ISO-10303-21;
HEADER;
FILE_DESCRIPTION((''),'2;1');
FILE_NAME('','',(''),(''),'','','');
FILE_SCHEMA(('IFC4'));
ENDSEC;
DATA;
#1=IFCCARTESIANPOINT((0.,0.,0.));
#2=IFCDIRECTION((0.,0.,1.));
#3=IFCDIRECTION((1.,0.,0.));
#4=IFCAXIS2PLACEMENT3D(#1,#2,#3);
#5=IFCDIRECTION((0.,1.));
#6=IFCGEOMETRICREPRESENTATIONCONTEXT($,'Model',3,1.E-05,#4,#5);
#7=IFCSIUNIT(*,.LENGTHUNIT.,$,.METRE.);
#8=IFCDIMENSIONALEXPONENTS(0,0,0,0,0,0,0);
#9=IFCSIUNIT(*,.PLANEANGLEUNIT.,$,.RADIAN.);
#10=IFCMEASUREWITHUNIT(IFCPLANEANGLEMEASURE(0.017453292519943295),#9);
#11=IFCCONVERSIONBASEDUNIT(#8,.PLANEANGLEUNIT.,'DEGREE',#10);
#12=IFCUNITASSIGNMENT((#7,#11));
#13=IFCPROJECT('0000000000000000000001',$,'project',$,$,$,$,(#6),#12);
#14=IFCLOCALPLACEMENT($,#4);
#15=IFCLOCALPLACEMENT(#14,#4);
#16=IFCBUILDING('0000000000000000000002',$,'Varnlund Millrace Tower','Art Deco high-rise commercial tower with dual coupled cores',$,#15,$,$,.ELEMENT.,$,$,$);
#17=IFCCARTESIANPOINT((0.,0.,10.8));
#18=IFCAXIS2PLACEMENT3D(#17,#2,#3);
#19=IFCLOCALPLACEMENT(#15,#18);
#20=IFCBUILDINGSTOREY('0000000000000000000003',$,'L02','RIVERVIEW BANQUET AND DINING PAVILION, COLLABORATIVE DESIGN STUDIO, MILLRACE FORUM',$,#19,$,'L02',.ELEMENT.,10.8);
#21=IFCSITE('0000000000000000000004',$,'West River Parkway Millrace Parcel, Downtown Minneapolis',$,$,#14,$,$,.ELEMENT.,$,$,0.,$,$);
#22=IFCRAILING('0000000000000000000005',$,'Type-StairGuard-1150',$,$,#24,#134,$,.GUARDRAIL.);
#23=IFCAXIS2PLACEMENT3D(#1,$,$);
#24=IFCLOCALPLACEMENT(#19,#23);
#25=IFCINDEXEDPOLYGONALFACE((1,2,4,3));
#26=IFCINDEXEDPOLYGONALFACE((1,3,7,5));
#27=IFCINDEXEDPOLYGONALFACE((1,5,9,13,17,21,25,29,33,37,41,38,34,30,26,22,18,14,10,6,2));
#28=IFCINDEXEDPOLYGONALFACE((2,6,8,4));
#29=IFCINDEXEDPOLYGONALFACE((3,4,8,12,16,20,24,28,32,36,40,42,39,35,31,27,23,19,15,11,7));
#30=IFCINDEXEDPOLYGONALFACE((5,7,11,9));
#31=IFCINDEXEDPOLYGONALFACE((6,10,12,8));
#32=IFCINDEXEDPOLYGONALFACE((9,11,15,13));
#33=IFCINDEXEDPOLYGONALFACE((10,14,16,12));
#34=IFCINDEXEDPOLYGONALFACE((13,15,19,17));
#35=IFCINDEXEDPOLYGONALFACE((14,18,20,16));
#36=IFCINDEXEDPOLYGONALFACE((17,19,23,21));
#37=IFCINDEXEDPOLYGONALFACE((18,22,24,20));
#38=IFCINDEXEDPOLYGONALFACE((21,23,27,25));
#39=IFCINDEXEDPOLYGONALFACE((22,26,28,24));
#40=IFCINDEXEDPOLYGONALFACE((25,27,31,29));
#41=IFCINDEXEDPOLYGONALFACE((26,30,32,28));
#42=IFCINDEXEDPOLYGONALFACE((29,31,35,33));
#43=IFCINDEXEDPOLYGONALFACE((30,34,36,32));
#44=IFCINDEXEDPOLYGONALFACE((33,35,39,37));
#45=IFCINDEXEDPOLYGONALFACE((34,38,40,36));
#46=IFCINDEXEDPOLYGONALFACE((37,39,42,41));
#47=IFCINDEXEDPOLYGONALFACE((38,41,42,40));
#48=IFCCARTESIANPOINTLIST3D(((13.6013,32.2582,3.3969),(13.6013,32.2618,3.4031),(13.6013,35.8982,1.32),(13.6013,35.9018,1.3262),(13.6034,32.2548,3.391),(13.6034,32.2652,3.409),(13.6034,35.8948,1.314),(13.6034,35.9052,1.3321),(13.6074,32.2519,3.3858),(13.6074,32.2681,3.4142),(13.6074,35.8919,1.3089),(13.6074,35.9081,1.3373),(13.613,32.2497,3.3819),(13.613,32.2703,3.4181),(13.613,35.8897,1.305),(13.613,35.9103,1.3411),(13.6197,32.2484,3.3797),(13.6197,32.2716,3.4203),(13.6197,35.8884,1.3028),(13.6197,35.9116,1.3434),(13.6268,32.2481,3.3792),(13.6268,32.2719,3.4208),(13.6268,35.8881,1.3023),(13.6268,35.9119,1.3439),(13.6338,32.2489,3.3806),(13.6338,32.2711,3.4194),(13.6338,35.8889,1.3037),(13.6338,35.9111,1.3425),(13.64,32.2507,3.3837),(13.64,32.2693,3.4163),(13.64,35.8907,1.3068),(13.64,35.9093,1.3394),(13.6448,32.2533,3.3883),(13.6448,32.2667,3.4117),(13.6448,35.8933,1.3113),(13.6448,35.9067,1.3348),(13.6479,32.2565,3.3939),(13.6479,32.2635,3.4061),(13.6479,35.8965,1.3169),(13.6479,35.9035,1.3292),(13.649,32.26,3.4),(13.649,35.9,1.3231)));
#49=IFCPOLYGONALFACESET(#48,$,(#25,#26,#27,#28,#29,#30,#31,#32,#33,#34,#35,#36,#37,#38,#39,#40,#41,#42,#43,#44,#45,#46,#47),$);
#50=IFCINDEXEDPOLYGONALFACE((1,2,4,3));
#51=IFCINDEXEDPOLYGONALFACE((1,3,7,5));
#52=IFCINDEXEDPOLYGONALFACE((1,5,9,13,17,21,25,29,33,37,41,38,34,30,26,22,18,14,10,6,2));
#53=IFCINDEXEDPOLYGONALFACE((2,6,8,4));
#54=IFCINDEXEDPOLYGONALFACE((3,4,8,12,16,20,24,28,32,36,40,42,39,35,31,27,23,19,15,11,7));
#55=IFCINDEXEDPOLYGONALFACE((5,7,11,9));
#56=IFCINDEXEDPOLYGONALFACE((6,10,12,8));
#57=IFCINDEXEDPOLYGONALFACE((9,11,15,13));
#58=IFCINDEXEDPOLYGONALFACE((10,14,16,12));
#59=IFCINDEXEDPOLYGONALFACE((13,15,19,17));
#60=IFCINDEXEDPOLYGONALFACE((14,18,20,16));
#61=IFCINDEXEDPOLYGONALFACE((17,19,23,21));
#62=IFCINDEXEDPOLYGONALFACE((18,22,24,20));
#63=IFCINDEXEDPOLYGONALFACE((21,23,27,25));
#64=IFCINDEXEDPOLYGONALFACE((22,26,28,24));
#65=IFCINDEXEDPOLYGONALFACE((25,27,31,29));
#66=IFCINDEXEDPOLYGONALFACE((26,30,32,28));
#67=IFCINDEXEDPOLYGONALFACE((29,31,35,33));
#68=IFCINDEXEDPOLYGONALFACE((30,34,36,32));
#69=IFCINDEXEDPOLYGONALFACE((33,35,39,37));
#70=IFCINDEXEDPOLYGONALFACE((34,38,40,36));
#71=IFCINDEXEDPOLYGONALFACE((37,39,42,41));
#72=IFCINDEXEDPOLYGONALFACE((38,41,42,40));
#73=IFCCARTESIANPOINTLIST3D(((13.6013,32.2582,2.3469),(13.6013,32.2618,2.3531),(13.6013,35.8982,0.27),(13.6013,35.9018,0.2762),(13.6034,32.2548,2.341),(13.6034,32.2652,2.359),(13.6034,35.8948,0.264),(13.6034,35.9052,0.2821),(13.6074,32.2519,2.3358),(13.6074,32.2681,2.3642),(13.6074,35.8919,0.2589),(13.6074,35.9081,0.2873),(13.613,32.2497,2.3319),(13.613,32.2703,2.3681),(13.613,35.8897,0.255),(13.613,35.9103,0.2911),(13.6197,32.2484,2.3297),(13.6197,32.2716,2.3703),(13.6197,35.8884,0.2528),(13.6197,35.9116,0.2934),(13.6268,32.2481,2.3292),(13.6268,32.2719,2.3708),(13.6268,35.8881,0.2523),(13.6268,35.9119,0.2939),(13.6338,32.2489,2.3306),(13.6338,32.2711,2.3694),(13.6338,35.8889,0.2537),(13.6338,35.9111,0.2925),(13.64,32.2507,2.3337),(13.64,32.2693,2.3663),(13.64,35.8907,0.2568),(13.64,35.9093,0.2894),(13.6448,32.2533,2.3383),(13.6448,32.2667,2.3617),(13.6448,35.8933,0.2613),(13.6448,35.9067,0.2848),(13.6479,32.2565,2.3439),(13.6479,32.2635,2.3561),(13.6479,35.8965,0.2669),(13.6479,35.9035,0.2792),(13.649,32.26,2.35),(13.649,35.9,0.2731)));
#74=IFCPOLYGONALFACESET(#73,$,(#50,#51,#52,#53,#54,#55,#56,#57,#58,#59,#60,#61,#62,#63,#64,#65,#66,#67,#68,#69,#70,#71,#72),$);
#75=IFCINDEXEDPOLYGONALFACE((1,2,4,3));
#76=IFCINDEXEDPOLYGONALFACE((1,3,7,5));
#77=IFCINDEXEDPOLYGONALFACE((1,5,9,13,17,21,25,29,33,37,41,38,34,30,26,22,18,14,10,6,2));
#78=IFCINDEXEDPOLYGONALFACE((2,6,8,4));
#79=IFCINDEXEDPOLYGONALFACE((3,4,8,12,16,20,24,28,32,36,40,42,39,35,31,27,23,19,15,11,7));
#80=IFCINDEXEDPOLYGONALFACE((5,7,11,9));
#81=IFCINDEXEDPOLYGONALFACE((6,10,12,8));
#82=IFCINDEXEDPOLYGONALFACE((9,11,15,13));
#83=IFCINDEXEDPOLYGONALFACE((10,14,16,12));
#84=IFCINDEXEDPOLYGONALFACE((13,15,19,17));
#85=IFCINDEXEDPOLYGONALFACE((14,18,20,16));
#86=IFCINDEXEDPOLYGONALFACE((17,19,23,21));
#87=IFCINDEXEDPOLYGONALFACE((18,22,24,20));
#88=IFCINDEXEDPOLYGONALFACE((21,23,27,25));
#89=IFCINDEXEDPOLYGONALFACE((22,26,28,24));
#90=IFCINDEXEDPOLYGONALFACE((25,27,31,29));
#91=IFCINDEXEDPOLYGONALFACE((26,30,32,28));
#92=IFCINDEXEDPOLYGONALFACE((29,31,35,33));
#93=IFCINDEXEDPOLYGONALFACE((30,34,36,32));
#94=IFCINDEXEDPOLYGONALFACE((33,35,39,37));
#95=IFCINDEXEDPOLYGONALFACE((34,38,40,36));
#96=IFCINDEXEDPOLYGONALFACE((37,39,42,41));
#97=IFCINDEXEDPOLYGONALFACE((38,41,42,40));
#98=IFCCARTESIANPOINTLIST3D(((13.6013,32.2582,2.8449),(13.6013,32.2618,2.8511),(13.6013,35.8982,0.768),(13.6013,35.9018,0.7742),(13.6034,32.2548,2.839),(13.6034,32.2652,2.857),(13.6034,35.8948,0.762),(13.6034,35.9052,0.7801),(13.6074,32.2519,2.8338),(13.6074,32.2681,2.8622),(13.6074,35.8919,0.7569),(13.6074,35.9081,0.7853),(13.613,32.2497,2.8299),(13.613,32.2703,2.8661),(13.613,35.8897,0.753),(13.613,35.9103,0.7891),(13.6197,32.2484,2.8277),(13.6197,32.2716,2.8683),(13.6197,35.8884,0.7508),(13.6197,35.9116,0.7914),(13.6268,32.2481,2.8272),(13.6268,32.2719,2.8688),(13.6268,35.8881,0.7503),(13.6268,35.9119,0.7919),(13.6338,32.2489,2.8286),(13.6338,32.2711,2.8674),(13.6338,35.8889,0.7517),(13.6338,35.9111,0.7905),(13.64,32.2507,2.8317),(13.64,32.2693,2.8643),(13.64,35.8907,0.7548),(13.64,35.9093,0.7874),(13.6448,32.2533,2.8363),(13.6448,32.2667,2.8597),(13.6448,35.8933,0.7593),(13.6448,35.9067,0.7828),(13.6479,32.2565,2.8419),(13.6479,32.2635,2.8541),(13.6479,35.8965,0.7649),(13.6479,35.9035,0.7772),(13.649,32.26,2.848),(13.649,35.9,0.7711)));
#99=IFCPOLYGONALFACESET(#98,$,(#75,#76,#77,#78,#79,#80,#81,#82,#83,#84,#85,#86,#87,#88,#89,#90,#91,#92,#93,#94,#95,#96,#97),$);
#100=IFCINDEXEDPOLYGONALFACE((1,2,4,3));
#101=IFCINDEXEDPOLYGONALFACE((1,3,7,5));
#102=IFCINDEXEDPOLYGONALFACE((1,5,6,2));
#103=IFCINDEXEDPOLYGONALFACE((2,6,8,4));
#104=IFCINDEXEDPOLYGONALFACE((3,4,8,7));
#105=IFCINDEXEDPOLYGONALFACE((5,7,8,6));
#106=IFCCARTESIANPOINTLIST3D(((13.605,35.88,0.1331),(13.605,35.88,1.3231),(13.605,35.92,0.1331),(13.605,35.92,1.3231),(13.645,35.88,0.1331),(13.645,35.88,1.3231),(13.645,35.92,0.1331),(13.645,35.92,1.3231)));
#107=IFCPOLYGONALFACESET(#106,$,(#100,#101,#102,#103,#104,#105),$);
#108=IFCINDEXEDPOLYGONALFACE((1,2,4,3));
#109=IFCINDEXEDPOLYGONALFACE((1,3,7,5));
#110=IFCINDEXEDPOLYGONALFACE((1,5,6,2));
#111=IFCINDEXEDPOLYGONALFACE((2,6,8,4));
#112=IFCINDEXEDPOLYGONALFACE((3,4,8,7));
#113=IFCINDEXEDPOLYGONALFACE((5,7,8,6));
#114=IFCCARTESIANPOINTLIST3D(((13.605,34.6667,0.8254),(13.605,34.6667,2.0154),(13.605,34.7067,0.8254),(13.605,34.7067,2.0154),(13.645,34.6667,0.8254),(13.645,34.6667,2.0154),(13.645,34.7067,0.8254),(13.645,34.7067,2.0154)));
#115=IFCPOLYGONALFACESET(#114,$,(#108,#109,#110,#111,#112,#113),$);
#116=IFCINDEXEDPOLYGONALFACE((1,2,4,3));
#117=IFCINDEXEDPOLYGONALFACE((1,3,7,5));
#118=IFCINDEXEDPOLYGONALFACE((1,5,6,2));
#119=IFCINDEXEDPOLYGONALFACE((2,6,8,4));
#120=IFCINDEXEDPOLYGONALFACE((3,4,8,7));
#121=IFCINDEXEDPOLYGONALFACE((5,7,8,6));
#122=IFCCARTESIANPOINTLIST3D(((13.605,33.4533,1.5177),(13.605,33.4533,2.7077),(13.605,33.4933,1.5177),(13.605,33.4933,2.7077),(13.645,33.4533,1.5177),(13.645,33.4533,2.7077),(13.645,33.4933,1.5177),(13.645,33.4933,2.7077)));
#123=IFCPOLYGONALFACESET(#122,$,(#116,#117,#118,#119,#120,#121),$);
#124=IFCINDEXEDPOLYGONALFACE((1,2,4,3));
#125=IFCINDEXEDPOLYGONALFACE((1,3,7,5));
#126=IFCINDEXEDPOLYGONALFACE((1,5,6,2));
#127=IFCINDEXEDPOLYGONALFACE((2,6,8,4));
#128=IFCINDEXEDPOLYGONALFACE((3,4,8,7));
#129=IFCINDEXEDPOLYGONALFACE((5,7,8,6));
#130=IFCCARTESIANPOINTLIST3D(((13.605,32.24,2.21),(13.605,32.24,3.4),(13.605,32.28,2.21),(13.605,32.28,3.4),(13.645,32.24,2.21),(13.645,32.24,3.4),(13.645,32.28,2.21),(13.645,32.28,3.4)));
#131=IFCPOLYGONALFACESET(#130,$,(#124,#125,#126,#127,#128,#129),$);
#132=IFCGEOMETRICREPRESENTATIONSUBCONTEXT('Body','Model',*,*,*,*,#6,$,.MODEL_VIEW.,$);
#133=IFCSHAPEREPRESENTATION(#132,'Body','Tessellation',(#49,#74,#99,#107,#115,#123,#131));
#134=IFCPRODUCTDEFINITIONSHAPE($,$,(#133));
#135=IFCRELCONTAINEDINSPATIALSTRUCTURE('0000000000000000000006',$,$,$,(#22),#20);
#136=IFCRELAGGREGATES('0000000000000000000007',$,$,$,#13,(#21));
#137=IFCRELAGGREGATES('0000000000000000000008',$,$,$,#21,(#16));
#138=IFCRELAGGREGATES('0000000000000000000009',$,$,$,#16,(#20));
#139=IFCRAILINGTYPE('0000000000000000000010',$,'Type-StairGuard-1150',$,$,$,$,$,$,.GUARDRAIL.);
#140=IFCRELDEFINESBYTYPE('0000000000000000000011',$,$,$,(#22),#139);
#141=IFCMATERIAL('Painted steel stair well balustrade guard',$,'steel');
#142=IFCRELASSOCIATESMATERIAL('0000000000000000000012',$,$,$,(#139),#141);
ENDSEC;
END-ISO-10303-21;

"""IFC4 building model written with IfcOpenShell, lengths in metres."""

from ifc_helpers import new_model, entity, si_unit, converted_unit, direction, frame, origin_with_axes, origin_2d_with_axis, place, context, subcontext, project, spatial, rectangle, circle, extrude, material, type_object, element, save


model = new_model("IFC4")

# Units and contexts
model_context = context("Model", 3, precision=1e-05, world=origin_with_axes(), true_north=direction((0.0, 1.0)))
body_context = subcontext(model_context, "Body", "Model", "MODEL_VIEW")
ifc_project = project(units=[si_unit("LENGTHUNIT", "METRE"), converted_unit("PLANEANGLEUNIT", "DEGREE", entity("IfcPlaneAngleMeasure", 0.017453292519943295), si_unit("PLANEANGLEUNIT", "RADIAN"), dimensions=[0, 0, 0, 0, 0, 0, 0])], contexts=[model_context])

# Site, building, storey
site_placement = place(None, origin_with_axes())
site = spatial("IfcSite", under=ifc_project, at=site_placement, Name="West River Parkway Millrace Parcel, Downtown Minneapolis", CompositionType="ELEMENT", RefElevation=0.0)
building_placement = place(site_placement, origin_with_axes())
building = spatial("IfcBuilding", under=site, at=building_placement, Name="Varnlund Millrace Tower", Description="Art Deco high-rise commercial tower with dual coupled cores", CompositionType="ELEMENT")
storey_placement = place(building_placement, frame((0.0, 0.0, 10.8), z_axis=(0.0, 0.0, 1.0), x_axis=(1.0, 0.0, 0.0)))
storey = spatial("IfcBuildingStorey", under=building, at=storey_placement, Name="L02", Description="RIVERVIEW BANQUET AND DINING PAVILION, COLLABORATIVE DESIGN STUDIO, MILLRACE FORUM", LongName="L02", CompositionType="ELEMENT", Elevation=10.8)

# Railing
ifc_material_1 = material(Name="Painted steel stair well balustrade guard", Category="steel")
railing_type_1 = type_object("IfcRailingType", Name="Type-StairGuard-1150", PredefinedType="GUARDRAIL", material=ifc_material_1)
railing_1_placement = place(storey_placement, frame((0.0, 0.0, -10.8), z_axis=(0.0, 0.0, 1.0), x_axis=(1.0, 0.0, 0.0)))
element("IfcRailing", 1, at=railing_1_placement, inside=storey, type_object=railing_type_1, Name="Type-StairGuard-1150", PredefinedType="GUARDRAIL", context=body_context, shape_type="SweptSolid", body=[
    extrude(circle(Radius=0.024, at=origin_2d_with_axis()), frame((13.625, 35.9, 12.1231), z_axis=(0.0, -0.868559, 0.495585), x_axis=(1.0, 0.0, 0.0)), (0.0, 0.0, 1.0), 4.1908),
    extrude(circle(Radius=0.024, at=origin_2d_with_axis()), frame((13.625, 35.9, 11.0731), z_axis=(0.0, -0.868559, 0.495585), x_axis=(1.0, 0.0, 0.0)), (0.0, 0.0, 1.0), 4.1908),
    extrude(circle(Radius=0.024, at=origin_2d_with_axis()), frame((13.625, 35.9, 11.5711), z_axis=(0.0, -0.868559, 0.495585), x_axis=(1.0, 0.0, 0.0)), (0.0, 0.0, 1.0), 4.1908),
    extrude(rectangle(XDim=0.04, YDim=0.04, at=origin_2d_with_axis()), frame((13.625, 35.9, 10.9331), z_axis=(0.0, 0.0, 1.0), x_axis=(1.0, 0.0, 0.0)), (0.0, 0.0, 1.0), 1.19),
    extrude(rectangle(XDim=0.04, YDim=0.04, at=origin_2d_with_axis()), frame((13.625, 34.6867, 11.6254), z_axis=(0.0, 0.0, 1.0), x_axis=(1.0, 0.0, 0.0)), (0.0, 0.0, 1.0), 1.19),
    extrude(rectangle(XDim=0.04, YDim=0.04, at=origin_2d_with_axis()), frame((13.625, 33.4733, 12.3177), z_axis=(0.0, 0.0, 1.0), x_axis=(1.0, 0.0, 0.0)), (0.0, 0.0, 1.0), 1.19),
    extrude(rectangle(XDim=0.04, YDim=0.04, at=origin_2d_with_axis()), frame((13.625, 32.26, 13.01), z_axis=(0.0, 0.0, 1.0), x_axis=(1.0, 0.0, 0.0)), (0.0, 0.0, 1.0), 1.19),
])

save(model, "model.ifc")
